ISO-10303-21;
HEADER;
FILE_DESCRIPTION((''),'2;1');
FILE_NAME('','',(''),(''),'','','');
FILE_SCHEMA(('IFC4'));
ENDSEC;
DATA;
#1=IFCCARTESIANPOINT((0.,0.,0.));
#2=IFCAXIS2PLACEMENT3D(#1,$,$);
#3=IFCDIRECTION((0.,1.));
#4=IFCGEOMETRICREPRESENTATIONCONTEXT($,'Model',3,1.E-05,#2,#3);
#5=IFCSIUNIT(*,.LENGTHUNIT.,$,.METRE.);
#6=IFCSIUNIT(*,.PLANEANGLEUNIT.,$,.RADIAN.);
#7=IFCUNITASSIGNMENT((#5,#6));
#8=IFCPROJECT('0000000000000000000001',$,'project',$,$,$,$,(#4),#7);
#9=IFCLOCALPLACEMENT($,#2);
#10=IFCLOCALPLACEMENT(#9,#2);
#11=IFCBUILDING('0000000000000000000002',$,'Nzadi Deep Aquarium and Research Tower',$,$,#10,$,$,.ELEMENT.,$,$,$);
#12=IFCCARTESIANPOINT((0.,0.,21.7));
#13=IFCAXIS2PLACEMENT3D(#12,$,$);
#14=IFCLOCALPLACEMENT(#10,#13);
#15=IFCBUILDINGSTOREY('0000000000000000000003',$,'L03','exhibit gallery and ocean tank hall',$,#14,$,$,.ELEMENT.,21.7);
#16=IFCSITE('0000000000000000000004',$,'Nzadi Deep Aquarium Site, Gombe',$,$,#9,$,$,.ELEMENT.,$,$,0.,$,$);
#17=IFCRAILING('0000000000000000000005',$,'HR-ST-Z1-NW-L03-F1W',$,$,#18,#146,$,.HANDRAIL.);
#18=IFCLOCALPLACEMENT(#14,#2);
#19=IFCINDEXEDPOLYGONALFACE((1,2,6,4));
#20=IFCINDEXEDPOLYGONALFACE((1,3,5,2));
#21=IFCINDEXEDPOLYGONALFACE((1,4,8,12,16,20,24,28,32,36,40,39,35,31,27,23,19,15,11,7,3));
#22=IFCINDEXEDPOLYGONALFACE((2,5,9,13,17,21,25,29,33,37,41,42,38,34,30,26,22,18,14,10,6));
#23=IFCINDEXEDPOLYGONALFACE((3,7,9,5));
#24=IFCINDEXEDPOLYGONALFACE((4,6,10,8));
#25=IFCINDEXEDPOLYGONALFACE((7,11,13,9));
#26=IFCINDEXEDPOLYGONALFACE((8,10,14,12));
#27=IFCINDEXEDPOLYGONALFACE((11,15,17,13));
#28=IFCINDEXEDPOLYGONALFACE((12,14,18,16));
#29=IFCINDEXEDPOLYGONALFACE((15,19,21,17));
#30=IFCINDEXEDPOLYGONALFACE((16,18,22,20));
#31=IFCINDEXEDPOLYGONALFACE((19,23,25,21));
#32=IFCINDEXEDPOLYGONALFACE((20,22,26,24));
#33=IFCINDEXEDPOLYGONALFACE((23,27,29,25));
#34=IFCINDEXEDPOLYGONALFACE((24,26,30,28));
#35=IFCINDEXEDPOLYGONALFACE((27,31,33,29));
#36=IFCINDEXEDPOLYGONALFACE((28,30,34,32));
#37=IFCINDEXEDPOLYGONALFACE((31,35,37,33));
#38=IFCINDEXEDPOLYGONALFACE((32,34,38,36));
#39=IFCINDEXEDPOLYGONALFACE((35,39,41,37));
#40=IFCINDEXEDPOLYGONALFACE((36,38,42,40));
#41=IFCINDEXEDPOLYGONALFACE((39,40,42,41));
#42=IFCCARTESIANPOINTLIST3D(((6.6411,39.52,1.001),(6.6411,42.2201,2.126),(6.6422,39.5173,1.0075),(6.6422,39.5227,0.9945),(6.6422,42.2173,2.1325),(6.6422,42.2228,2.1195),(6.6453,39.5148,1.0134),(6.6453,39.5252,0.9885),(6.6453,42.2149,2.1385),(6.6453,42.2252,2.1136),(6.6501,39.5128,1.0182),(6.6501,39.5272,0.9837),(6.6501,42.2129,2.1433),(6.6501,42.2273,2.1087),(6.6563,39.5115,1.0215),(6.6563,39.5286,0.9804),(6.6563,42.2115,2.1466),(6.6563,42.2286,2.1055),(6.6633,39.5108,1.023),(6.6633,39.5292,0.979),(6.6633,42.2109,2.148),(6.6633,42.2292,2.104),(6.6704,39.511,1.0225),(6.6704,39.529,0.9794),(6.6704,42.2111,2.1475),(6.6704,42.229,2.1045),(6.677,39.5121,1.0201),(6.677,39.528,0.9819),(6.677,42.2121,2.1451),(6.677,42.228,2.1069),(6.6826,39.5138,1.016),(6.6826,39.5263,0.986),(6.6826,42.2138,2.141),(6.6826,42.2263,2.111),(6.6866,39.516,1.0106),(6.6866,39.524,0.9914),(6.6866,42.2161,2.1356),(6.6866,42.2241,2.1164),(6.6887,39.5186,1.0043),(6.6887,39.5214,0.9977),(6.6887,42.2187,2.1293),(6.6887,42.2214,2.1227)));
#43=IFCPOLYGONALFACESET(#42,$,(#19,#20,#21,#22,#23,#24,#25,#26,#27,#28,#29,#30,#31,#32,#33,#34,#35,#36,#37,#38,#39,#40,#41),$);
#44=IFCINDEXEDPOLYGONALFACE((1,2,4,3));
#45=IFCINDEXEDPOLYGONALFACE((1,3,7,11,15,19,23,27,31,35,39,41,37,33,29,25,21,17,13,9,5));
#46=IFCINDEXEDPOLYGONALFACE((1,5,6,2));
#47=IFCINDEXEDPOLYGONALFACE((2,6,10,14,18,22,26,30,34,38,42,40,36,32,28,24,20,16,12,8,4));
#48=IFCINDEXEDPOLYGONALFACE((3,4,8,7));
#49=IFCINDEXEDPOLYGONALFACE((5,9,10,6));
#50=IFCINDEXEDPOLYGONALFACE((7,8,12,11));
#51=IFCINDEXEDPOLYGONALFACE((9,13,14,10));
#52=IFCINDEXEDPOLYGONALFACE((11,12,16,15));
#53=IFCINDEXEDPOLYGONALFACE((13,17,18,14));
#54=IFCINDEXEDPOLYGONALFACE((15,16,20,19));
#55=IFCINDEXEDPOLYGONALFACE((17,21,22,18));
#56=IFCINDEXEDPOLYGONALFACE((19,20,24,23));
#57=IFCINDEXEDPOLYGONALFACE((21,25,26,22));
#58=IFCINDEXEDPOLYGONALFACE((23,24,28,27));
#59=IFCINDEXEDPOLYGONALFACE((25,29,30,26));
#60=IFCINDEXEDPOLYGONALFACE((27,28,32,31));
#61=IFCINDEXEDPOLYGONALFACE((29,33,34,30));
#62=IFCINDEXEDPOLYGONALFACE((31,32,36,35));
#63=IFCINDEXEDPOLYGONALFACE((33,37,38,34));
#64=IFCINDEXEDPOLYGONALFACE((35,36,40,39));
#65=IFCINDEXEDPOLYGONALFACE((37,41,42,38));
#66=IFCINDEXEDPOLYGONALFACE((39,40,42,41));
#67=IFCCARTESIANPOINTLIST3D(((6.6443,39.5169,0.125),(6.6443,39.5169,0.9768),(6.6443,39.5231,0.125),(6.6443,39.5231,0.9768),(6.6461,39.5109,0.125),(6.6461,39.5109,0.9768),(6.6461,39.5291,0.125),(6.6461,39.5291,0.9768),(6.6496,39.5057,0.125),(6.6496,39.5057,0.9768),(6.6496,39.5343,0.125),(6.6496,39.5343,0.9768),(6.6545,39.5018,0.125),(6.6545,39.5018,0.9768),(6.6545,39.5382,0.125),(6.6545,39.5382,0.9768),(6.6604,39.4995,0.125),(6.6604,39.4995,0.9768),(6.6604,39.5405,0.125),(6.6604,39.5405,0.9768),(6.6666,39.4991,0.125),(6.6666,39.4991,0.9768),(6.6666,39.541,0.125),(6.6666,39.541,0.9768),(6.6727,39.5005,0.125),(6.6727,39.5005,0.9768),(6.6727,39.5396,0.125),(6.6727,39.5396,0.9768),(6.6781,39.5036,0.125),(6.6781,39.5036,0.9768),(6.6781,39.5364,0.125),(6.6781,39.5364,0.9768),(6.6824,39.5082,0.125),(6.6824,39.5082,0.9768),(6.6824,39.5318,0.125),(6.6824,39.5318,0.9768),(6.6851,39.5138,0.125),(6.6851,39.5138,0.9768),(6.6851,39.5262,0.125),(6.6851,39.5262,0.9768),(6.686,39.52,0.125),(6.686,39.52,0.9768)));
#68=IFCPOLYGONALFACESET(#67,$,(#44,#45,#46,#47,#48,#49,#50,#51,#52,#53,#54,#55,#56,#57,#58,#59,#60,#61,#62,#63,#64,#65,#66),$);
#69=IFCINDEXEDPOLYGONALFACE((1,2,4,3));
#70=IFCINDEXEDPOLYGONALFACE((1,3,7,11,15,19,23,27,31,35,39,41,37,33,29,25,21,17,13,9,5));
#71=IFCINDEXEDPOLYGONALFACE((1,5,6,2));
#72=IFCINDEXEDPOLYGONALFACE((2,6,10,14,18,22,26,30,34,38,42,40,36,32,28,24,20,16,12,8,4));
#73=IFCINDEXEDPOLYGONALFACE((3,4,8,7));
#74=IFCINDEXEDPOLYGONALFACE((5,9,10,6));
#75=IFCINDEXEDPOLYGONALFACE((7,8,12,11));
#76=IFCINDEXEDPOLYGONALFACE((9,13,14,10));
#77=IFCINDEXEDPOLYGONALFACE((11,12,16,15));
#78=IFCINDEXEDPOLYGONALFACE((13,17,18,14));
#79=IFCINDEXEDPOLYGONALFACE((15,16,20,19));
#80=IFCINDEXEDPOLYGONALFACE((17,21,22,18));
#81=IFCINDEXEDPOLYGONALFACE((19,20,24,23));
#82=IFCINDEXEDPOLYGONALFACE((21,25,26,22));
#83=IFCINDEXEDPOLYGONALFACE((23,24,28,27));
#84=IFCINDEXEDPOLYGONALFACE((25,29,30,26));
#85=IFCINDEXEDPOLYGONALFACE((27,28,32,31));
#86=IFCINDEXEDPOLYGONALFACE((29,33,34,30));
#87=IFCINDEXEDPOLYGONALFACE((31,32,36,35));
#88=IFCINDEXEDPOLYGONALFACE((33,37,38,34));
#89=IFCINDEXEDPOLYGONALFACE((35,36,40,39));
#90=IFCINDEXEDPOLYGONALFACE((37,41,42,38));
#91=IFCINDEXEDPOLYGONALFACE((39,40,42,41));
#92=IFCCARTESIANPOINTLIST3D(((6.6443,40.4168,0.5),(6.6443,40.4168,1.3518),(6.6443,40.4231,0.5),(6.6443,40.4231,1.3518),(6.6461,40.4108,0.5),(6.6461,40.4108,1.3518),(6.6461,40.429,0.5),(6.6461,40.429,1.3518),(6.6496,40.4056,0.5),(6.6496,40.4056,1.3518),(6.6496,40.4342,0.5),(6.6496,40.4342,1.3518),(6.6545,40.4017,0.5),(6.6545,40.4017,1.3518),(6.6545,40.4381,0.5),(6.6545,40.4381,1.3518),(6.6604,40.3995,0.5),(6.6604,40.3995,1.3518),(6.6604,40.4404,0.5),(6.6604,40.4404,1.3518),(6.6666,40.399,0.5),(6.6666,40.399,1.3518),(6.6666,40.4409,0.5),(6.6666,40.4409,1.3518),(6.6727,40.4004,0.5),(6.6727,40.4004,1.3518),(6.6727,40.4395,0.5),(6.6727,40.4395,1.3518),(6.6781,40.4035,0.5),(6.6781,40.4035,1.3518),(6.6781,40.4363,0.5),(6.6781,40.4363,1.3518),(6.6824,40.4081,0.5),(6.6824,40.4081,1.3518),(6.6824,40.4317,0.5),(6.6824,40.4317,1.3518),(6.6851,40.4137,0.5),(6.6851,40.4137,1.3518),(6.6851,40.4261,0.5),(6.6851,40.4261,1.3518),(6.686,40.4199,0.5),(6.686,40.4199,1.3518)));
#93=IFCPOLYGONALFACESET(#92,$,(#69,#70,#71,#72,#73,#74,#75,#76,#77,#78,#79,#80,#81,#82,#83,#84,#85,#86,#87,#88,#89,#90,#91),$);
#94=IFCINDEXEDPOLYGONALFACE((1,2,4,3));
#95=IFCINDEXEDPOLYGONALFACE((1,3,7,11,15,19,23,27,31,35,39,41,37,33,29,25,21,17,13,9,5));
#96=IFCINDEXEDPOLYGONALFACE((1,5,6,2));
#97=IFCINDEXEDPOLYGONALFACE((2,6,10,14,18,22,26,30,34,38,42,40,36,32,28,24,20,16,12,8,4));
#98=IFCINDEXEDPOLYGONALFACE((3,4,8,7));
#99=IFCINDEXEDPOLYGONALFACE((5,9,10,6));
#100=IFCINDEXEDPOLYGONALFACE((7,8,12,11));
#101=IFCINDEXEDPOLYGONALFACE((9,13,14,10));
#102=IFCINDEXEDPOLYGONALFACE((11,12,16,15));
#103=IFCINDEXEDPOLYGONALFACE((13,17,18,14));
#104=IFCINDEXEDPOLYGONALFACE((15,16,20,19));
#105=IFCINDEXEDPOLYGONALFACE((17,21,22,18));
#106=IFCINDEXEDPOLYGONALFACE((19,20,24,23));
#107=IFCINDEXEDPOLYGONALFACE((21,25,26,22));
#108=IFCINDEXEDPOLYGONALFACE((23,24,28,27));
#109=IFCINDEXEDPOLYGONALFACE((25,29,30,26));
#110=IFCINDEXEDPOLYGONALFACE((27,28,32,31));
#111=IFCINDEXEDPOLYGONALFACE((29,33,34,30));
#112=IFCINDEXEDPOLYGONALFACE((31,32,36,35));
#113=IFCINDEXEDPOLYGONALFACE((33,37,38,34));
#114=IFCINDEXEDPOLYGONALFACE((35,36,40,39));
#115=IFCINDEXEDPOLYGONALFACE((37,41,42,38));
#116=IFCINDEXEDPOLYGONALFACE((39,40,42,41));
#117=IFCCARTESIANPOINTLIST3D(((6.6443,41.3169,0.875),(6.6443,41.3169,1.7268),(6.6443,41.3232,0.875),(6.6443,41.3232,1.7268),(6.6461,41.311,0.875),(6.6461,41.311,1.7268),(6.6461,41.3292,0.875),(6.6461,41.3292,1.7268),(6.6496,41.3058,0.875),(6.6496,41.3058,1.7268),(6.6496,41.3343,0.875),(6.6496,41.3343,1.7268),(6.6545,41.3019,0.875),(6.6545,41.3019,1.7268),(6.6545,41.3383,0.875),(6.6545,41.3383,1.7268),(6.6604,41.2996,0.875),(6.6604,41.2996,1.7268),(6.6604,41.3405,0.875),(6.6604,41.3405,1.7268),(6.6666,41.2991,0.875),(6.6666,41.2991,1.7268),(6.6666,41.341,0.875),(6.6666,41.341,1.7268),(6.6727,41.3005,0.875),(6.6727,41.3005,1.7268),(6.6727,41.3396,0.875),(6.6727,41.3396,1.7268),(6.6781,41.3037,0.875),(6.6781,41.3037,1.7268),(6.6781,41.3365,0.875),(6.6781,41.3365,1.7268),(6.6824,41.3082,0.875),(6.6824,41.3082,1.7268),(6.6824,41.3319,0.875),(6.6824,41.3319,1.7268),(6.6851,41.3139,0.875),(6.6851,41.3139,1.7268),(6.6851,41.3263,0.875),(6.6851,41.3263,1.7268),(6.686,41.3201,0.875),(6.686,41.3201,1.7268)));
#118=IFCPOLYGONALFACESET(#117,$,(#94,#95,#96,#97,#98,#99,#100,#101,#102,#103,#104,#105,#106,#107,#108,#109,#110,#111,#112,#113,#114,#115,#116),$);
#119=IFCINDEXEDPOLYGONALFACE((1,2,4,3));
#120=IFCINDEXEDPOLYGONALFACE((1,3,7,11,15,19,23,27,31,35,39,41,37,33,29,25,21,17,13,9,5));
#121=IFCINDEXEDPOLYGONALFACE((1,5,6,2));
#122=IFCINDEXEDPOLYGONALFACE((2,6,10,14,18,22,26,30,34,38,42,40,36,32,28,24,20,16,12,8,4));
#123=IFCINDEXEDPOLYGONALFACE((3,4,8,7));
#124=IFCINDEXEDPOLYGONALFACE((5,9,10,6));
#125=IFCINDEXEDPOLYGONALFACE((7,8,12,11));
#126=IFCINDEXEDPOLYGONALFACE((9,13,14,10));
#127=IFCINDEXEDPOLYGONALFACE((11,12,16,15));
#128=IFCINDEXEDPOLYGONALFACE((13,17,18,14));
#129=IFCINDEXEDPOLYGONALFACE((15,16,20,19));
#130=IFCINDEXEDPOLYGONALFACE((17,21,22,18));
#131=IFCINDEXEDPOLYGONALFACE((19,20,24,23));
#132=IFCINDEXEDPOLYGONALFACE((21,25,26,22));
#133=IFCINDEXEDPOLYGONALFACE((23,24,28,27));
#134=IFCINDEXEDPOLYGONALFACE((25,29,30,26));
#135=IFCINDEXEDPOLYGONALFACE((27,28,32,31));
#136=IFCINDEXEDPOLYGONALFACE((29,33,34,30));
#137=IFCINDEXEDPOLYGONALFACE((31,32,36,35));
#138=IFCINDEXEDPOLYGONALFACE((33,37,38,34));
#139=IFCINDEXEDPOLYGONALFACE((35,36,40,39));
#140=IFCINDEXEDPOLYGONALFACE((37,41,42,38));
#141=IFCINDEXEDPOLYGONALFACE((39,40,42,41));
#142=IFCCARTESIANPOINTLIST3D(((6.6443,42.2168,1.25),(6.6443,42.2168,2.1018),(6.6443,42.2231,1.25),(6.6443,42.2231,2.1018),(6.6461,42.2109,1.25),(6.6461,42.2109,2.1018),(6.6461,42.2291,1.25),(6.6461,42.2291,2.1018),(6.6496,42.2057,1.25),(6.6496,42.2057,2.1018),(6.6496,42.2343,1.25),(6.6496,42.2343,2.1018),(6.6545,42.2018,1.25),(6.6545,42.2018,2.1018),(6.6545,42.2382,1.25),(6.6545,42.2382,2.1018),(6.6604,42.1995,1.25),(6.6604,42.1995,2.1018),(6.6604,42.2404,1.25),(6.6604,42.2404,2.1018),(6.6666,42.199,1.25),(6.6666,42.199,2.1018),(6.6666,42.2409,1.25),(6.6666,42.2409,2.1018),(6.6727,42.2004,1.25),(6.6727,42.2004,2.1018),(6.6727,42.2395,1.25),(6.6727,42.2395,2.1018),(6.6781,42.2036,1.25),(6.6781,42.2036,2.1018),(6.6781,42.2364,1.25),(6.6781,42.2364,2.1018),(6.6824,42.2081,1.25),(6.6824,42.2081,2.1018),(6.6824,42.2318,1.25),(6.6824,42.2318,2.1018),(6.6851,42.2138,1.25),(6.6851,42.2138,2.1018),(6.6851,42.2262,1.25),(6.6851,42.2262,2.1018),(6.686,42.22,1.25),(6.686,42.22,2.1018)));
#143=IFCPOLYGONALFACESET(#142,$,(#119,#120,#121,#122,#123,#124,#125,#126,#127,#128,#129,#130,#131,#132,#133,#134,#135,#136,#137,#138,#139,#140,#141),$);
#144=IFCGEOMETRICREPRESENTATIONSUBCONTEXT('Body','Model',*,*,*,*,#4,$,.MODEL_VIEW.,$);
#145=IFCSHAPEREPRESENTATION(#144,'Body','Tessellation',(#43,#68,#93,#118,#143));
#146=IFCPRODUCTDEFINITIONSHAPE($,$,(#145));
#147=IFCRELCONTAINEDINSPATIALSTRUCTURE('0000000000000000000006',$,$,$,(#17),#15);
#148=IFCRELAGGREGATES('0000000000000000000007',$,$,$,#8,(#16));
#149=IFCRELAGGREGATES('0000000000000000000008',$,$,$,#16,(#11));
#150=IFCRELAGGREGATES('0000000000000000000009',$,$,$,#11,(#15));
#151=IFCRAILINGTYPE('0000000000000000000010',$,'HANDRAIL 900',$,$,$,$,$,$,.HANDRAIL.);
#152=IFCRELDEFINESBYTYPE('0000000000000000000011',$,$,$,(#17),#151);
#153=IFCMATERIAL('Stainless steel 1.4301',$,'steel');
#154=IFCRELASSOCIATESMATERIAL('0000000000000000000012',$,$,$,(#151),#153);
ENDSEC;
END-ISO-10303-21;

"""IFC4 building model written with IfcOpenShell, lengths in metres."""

from ifc_helpers import new_model, si_unit, direction, frame, origin, origin_2d, place, context, subcontext, project, spatial, circle, extrude, material, type_object, element, save


model = new_model("IFC4")

# Units and contexts
model_context = context("Model", 3, precision=1e-05, world=origin(), true_north=direction((0.0, 1.0)))
body_context = subcontext(model_context, "Body", "Model", "MODEL_VIEW")
ifc_project = project(units=[si_unit("LENGTHUNIT", "METRE"), si_unit("PLANEANGLEUNIT", "RADIAN")], contexts=[model_context])

# Site, building, storey
site_placement = place(None, origin())
site = spatial("IfcSite", under=ifc_project, at=site_placement, Name="Nzadi Deep Aquarium Site, Gombe", CompositionType="ELEMENT", RefElevation=0.0)
building_placement = place(site_placement, origin())
building = spatial("IfcBuilding", under=site, at=building_placement, Name="Nzadi Deep Aquarium and Research Tower", CompositionType="ELEMENT")
storey_placement = place(building_placement, frame((0.0, 0.0, 21.7)))
storey = spatial("IfcBuildingStorey", under=building, at=storey_placement, Name="L03", Description="exhibit gallery and ocean tank hall", CompositionType="ELEMENT", Elevation=21.7)

# Railing
ifc_material_1 = material(Name="Stainless steel 1.4301", Category="steel")
railing_type = type_object("IfcRailingType", Name="HANDRAIL 900", PredefinedType="HANDRAIL", material=ifc_material_1)
for number, where, name in (
    (1, (6.665, 39.52, 0.125), "HR-ST-Z1-NW-L03-F1W"),
):
    element("IfcRailing", number, at=place(storey_placement, frame(where)), inside=storey, type_object=railing_type, Name=name, PredefinedType="HANDRAIL", context=body_context, shape_type="SweptSolid", body=[
        extrude(circle(Radius=0.0239, at=origin_2d()), frame((0.0, 0.0, 0.876), z_axis=(0.0, 0.923074, 0.384621), x_axis=(-1.0, 0.0, 0.0)), (0.0, 0.0, 1.0), 2.925),
        extrude(circle(Radius=0.021, at=origin_2d()), origin(), (0.0, 0.0, 1.0), 0.8518),
        extrude(circle(Radius=0.021, at=origin_2d()), frame((0.0, 0.8999, 0.375)), (0.0, 0.0, 1.0), 0.8518),
        extrude(circle(Radius=0.021, at=origin_2d()), frame((0.0, 1.8, 0.75)), (0.0, 0.0, 1.0), 0.8518),
        extrude(circle(Radius=0.021, at=origin_2d()), frame((0.0, 2.7, 1.125)), (0.0, 0.0, 1.0), 0.8518),
    ])

save(model, "model.ifc")
